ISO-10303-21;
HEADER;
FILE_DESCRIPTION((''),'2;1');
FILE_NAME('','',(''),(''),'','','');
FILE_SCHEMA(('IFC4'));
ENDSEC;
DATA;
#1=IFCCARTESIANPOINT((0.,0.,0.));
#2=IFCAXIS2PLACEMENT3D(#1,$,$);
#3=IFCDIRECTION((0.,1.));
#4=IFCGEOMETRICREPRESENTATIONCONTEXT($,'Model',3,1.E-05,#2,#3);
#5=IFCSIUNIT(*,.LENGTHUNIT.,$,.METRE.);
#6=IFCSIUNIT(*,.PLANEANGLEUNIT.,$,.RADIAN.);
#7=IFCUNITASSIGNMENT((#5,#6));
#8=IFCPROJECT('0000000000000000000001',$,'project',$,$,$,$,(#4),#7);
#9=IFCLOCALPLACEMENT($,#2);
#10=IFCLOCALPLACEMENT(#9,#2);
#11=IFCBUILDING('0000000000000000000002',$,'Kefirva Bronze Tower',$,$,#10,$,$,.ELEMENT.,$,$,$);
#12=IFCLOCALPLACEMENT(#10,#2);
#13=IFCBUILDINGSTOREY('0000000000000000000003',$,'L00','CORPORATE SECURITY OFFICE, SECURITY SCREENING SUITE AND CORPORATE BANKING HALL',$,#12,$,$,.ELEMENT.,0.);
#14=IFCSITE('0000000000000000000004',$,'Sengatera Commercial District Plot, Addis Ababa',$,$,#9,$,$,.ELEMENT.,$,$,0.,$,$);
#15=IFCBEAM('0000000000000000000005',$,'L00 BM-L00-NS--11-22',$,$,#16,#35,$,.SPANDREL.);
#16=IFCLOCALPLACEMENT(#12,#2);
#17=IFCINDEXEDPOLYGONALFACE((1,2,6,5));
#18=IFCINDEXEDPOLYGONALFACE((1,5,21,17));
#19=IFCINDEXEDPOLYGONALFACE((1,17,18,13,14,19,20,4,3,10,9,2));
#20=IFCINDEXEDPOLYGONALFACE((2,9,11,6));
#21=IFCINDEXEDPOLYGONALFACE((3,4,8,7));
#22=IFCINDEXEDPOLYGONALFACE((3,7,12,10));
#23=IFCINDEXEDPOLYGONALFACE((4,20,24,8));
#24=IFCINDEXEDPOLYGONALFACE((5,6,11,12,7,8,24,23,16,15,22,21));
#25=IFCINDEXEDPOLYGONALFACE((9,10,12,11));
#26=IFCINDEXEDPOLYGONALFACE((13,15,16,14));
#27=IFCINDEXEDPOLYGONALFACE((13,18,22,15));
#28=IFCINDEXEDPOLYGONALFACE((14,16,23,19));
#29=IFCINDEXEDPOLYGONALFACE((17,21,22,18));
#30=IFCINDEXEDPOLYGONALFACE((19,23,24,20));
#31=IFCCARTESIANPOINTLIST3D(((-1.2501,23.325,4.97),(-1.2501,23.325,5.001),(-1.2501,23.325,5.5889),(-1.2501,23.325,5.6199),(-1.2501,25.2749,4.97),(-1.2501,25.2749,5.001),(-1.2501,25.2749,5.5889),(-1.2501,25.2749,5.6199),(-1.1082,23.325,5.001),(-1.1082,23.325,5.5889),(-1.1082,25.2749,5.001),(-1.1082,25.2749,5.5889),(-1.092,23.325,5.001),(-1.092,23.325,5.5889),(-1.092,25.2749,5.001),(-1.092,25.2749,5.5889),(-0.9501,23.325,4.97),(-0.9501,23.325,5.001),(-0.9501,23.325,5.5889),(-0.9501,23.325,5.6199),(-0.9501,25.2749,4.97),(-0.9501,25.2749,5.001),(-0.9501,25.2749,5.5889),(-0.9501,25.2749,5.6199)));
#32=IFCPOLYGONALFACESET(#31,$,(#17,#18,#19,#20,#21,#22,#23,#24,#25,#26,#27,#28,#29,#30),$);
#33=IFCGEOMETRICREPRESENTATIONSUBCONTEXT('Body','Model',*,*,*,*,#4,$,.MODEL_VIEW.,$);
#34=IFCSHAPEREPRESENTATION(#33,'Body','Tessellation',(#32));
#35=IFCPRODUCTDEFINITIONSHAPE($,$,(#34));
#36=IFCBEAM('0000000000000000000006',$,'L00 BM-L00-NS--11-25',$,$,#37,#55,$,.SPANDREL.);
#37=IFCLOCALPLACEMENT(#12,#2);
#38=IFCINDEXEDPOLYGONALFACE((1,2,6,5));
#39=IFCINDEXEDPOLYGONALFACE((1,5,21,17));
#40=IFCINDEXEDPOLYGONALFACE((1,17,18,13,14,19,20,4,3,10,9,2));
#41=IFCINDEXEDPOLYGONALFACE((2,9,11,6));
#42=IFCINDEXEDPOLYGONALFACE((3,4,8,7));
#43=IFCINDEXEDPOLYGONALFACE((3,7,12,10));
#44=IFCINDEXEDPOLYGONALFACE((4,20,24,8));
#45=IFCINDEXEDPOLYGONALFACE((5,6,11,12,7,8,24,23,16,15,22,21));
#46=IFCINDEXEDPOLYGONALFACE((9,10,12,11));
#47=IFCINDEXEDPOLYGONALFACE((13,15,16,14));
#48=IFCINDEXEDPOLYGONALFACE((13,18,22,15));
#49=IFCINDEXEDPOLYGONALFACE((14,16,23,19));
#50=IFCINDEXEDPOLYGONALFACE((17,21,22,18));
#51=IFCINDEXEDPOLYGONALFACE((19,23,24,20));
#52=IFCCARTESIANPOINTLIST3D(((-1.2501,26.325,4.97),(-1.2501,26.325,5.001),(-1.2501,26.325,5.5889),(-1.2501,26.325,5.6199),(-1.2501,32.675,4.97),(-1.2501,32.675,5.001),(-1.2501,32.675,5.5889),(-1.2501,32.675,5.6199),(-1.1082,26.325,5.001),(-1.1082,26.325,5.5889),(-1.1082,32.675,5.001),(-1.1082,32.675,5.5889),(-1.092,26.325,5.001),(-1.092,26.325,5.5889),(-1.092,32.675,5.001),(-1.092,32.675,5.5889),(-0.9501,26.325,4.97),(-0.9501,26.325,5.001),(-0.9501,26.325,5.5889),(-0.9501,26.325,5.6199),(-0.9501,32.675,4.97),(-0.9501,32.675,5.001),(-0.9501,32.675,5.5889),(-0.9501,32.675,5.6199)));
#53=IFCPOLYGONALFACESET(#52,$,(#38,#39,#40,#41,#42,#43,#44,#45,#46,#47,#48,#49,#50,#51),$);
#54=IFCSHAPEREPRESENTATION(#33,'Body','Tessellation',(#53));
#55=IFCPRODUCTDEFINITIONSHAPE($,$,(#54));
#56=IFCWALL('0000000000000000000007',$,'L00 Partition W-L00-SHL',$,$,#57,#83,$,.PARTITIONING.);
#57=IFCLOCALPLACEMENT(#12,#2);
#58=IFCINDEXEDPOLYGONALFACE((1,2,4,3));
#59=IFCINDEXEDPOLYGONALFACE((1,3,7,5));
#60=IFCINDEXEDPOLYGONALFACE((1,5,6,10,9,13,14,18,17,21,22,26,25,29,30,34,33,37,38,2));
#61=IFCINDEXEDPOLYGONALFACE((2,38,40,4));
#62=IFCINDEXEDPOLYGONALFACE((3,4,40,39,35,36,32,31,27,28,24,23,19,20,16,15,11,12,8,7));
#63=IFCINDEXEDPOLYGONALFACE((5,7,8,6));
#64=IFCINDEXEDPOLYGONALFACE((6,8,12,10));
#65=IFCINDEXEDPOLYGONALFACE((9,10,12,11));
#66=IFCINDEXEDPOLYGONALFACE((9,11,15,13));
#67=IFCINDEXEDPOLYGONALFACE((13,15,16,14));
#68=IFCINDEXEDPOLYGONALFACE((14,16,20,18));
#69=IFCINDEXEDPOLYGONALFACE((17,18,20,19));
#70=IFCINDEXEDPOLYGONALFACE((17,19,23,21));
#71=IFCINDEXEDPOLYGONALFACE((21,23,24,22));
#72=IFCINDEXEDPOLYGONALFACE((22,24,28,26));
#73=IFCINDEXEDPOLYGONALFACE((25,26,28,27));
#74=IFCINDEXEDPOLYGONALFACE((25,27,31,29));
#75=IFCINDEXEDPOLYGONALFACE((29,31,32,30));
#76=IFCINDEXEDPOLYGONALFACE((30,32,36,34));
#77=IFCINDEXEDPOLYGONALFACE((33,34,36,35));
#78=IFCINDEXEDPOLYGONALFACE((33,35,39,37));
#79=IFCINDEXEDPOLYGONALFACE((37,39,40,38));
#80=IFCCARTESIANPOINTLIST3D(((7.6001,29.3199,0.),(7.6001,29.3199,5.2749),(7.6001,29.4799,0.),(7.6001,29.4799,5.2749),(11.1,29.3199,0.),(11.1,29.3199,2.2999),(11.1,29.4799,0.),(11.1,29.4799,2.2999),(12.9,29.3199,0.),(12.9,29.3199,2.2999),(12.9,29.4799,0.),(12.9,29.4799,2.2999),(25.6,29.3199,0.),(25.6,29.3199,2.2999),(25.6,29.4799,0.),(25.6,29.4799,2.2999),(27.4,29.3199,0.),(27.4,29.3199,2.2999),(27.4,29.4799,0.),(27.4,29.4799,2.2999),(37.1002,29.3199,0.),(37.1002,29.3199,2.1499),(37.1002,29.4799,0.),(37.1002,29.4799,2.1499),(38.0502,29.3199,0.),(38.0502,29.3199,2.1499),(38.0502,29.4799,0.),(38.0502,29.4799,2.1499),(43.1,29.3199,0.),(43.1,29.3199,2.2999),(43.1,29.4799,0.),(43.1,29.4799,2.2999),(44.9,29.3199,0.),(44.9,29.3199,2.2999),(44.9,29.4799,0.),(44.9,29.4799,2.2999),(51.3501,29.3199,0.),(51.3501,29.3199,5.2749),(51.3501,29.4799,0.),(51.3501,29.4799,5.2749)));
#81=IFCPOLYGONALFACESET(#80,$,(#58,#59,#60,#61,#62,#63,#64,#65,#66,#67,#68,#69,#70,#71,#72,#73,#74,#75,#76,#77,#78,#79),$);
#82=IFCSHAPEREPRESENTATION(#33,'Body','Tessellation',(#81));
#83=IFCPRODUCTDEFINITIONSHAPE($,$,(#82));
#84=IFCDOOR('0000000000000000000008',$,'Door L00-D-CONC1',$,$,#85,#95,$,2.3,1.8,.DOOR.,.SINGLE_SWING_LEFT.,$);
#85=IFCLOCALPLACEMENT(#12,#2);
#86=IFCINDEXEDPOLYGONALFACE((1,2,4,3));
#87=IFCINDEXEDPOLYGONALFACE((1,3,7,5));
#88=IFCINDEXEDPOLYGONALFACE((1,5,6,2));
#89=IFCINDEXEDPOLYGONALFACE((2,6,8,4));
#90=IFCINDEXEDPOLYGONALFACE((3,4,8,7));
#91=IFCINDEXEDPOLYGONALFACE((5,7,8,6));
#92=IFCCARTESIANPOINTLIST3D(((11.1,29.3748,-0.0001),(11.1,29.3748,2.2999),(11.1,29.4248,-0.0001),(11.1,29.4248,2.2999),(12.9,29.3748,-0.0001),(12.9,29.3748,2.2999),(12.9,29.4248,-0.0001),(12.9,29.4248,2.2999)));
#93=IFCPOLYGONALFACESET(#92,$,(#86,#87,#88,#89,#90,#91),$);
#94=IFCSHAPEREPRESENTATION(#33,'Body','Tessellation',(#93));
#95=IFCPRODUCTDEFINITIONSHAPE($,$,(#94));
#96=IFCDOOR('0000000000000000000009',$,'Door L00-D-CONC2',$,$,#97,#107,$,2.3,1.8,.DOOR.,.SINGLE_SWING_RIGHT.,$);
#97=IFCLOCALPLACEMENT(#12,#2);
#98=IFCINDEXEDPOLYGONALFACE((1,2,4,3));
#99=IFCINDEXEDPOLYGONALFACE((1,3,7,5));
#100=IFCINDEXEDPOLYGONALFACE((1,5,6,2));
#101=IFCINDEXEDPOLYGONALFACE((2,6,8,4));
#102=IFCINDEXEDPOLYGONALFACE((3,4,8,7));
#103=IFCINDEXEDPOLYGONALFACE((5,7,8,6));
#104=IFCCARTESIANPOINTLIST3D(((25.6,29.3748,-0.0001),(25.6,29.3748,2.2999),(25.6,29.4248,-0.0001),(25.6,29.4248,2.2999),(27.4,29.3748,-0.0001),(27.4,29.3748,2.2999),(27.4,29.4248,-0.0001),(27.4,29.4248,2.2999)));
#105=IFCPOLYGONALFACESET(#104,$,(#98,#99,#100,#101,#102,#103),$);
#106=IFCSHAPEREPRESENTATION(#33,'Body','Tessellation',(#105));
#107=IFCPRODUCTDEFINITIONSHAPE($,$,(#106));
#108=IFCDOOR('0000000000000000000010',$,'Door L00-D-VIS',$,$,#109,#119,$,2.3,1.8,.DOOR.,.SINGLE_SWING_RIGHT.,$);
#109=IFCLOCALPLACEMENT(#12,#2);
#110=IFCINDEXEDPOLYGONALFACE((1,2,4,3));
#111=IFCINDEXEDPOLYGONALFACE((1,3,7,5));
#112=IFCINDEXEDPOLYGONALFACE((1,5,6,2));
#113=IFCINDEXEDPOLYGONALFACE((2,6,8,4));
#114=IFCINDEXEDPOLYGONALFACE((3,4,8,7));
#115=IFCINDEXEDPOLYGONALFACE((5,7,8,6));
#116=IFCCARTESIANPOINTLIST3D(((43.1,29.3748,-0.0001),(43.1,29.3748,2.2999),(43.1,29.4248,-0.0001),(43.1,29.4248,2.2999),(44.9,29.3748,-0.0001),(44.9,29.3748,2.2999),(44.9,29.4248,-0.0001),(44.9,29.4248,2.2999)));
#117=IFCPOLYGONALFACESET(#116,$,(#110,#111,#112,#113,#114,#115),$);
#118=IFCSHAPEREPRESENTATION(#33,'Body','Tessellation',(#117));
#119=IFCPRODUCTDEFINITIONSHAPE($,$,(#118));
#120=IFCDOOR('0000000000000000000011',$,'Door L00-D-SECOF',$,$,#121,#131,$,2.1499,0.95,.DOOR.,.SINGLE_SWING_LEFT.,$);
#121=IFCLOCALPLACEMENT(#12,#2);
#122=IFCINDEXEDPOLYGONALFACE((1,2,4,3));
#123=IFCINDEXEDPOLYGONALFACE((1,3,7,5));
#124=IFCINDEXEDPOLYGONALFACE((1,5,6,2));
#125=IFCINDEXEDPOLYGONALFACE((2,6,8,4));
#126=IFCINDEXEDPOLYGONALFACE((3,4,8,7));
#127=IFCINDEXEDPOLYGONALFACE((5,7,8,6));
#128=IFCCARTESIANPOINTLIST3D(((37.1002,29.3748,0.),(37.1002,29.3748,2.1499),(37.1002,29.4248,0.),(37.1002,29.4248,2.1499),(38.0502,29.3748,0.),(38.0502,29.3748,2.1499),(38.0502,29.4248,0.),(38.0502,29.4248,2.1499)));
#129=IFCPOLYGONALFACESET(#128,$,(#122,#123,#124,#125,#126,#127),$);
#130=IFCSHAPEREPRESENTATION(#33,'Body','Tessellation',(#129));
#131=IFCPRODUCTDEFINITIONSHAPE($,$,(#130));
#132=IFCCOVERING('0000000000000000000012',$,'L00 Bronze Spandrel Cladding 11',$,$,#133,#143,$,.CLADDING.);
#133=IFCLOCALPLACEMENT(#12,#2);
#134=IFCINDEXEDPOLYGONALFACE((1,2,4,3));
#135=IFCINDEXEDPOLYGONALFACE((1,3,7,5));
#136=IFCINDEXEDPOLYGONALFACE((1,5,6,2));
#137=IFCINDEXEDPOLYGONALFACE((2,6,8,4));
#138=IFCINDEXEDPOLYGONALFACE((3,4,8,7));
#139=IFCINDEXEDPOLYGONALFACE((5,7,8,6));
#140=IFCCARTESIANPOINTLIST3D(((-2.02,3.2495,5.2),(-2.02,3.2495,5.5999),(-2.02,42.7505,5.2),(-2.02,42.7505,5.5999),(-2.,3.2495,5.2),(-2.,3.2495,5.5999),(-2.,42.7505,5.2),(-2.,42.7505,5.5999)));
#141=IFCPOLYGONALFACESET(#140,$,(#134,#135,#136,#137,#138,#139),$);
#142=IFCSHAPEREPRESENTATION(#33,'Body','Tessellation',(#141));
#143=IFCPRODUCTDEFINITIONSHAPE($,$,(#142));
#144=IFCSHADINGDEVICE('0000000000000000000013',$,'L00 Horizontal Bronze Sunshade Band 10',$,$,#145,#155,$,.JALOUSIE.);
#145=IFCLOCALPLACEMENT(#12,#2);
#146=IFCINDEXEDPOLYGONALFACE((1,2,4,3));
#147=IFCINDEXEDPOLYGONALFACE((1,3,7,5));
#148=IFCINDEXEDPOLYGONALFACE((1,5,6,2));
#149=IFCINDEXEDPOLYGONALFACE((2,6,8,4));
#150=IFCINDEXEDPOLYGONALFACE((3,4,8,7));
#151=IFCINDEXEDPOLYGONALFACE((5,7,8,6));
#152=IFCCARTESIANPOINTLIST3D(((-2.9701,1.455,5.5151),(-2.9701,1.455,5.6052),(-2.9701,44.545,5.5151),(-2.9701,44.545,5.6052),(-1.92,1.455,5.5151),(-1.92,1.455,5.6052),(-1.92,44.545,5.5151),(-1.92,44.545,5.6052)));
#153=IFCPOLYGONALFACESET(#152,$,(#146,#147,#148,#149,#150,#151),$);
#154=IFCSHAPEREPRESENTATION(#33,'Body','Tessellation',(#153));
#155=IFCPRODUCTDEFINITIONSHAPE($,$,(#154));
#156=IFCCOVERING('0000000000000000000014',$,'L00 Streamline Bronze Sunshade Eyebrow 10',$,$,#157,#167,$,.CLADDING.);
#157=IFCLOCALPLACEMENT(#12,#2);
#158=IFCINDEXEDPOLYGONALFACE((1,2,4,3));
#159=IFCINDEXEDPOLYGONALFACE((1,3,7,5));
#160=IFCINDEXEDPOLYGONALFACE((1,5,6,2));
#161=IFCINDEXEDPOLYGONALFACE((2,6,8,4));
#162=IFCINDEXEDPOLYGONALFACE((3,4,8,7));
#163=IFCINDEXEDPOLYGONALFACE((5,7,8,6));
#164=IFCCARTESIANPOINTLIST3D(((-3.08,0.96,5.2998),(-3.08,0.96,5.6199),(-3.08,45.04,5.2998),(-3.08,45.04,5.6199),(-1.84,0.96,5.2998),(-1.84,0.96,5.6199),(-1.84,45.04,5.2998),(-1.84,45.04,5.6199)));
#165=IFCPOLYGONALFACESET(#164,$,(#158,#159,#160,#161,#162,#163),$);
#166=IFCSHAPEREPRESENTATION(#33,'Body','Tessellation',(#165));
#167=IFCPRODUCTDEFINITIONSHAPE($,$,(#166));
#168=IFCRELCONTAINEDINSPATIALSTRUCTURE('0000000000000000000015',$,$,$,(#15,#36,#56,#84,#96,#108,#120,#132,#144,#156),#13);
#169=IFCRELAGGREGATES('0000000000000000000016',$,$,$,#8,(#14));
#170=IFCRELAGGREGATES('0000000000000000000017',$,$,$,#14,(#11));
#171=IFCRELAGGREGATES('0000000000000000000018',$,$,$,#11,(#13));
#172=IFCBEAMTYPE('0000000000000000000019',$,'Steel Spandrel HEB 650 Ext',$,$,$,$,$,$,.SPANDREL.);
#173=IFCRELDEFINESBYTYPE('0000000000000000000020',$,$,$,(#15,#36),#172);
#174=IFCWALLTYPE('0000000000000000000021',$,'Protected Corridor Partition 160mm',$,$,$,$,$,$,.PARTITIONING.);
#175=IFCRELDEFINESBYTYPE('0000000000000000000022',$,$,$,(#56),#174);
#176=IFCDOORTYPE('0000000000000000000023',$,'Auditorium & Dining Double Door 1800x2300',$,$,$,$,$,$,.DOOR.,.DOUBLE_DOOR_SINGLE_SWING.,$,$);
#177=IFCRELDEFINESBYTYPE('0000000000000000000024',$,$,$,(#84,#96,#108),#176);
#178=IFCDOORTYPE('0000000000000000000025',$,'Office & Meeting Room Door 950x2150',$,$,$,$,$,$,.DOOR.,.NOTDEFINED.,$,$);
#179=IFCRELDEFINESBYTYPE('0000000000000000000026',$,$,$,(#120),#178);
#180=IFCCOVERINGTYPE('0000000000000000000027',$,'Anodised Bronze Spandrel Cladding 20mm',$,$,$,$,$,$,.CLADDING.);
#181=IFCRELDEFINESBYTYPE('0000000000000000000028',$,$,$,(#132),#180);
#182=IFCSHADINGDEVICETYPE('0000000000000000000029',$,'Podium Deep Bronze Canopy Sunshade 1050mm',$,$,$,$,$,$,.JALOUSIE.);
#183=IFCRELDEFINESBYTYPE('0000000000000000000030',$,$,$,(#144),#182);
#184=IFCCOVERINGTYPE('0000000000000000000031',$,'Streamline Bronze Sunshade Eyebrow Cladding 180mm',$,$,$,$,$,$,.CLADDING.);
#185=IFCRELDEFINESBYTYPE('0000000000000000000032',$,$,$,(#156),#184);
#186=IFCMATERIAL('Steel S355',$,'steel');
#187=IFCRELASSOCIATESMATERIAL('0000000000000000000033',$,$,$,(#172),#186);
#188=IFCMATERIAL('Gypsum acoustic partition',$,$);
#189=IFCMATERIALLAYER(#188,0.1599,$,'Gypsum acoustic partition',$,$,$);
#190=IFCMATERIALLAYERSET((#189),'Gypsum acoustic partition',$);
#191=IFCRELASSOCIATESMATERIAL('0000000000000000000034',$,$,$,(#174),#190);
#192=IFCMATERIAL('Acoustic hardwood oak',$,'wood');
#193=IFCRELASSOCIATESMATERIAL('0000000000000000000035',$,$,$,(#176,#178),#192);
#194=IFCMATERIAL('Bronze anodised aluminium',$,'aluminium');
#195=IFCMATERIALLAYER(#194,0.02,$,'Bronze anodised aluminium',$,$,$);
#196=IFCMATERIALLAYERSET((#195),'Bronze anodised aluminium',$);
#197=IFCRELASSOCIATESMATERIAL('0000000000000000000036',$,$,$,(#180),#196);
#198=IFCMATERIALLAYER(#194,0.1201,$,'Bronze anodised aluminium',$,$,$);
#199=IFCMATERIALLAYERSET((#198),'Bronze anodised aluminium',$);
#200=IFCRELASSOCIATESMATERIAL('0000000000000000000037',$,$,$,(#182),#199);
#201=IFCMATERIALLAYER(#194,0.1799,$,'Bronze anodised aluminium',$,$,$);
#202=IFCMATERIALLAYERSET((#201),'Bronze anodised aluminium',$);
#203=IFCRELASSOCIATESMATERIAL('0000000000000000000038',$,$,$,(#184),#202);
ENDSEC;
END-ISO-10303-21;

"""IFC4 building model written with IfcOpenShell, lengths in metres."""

from ifc_helpers import new_model, si_unit, direction, frame, frame_2d, origin, origin_2d, place, context, subcontext, project, spatial, rectangle, i_section, extrude, material, layer, layer_set, material_profile, profile_set, type_object, element, fill, save


model = new_model("IFC4")

# Units and contexts
model_context = context("Model", 3, precision=1e-05, world=origin(), true_north=direction((0.0, 1.0)))
body_context = subcontext(model_context, "Body", "Model", "MODEL_VIEW")
ifc_project = project(units=[si_unit("LENGTHUNIT", "METRE"), si_unit("PLANEANGLEUNIT", "RADIAN")], contexts=[model_context])

# Site, building, storey
site_placement = place(None, origin())
site = spatial("IfcSite", under=ifc_project, at=site_placement, Name="Sengatera Commercial District Plot, Addis Ababa", CompositionType="ELEMENT", RefElevation=0.0)
building_placement = place(site_placement, origin())
building = spatial("IfcBuilding", under=site, at=building_placement, Name="Kefirva Bronze Tower", CompositionType="ELEMENT")
storey_placement = place(building_placement, origin())
storey = spatial("IfcBuildingStorey", under=building, at=storey_placement, Name="L00", Description="CORPORATE SECURITY OFFICE, SECURITY SCREENING SUITE AND CORPORATE BANKING HALL", CompositionType="ELEMENT", Elevation=0.0)

# Beams
ifc_material_1 = material(Name="Steel S355", Category="steel")
ifc_material_profile_1 = material_profile(ifc_material_1, i_section(OverallWidth=0.3, OverallDepth=0.6499, WebThickness=0.0161, FlangeThickness=0.031, at=origin_2d()), Name="HEB 650")
ifc_profile_set_1 = profile_set([ifc_material_profile_1], Name="Steel S355")
beam_type_1 = type_object("IfcBeamType", Name="Steel Spandrel HEB 650 Ext", PredefinedType="SPANDREL", material=ifc_profile_set_1)
beam_1_placement = place(storey_placement, frame((-1.1001, 23.325, 5.2949), z_axis=(0.0, 1.0, 0.0), x_axis=(-1.0, 0.0, 0.0)))
element("IfcBeam", 1, at=beam_1_placement, inside=storey, type_object=beam_type_1, Name="L00 BM-L00-NS--11-22", PredefinedType="SPANDREL", context=body_context, shape_type="SweptSolid", body=[
    extrude(i_section(OverallWidth=0.3, OverallDepth=0.6499, WebThickness=0.0161, FlangeThickness=0.031, at=origin_2d()), origin(), (0.0, 0.0, 1.0), 1.95),
])
beam_2_placement = place(storey_placement, frame((-1.1001, 26.325, 5.2949), z_axis=(0.0, 1.0, 0.0), x_axis=(-1.0, 0.0, 0.0)))
element("IfcBeam", 2, at=beam_2_placement, inside=storey, type_object=beam_type_1, Name="L00 BM-L00-NS--11-25", PredefinedType="SPANDREL", context=body_context, shape_type="SweptSolid", body=[
    extrude(i_section(OverallWidth=0.3, OverallDepth=0.6499, WebThickness=0.0161, FlangeThickness=0.031, at=origin_2d()), origin(), (0.0, 0.0, 1.0), 6.3501),
])

# Wall, openings, doors
ifc_material_2 = material(Name="Gypsum acoustic partition")
ifc_layer_1 = layer(ifc_material_2, 0.1599, Name="Gypsum acoustic partition")
ifc_layer_set_1 = layer_set([ifc_layer_1], Name="Gypsum acoustic partition")
wall_type = type_object("IfcWallType", Name="Protected Corridor Partition 160mm", PredefinedType="PARTITIONING", material=ifc_layer_set_1)
wall_placement = place(storey_placement, frame((7.6001, 29.3999, 0.0), z_axis=(0.0, 0.0, 1.0), x_axis=(1.0, 0.0, 0.0)))
wall = element("IfcWall", 3, at=wall_placement, inside=storey, type_object=wall_type, Name="L00 Partition W-L00-SHL", PredefinedType="PARTITIONING", context=body_context, shape_type="SweptSolid", body=[
    extrude(rectangle(XDim=43.75, YDim=0.1599, at=frame_2d((21.875, 0.0))), origin(), (0.0, 0.0, 1.0), 5.2749),
])
opening_1_placement = place(wall_placement, frame((3.5, 0.0, 0.0)))
opening_1 = element("IfcOpeningElement", 4, at=opening_1_placement, cuts=wall, PredefinedType="OPENING", context=body_context, shape_type="SweptSolid", body=[
    extrude(rectangle(XDim=1.8, YDim=2.3, at=frame_2d((0.8999, 1.1499))), frame((0.0, 0.0898, 0.0), z_axis=(0.0, -1.0, 0.0), x_axis=(1.0, 0.0, 0.0)), (0.0, 0.0, 1.0), 0.1799),
])
opening_2_placement = place(wall_placement, frame((18.0, 0.0, 0.0)))
opening_2 = element("IfcOpeningElement", 5, at=opening_2_placement, cuts=wall, PredefinedType="OPENING", context=body_context, shape_type="SweptSolid", body=[
    extrude(rectangle(XDim=1.8, YDim=2.3, at=frame_2d((0.8999, 1.1499))), frame((0.0, 0.0898, 0.0), z_axis=(0.0, -1.0, 0.0), x_axis=(1.0, 0.0, 0.0)), (0.0, 0.0, 1.0), 0.1799),
])
opening_3_placement = place(wall_placement, frame((29.5, 0.0, 0.0)))
opening_3 = element("IfcOpeningElement", 6, at=opening_3_placement, cuts=wall, PredefinedType="OPENING", context=body_context, shape_type="SweptSolid", body=[
    extrude(rectangle(XDim=0.95, YDim=2.1499, at=frame_2d((0.4751, 1.075))), frame((0.0, 0.0898, 0.0), z_axis=(0.0, -1.0, 0.0), x_axis=(1.0, 0.0, 0.0)), (0.0, 0.0, 1.0), 0.1799),
])
opening_4_placement = place(wall_placement, frame((35.5, 0.0, 0.0)))
opening_4 = element("IfcOpeningElement", 7, at=opening_4_placement, cuts=wall, PredefinedType="OPENING", context=body_context, shape_type="SweptSolid", body=[
    extrude(rectangle(XDim=1.8, YDim=2.3, at=frame_2d((0.8999, 1.1499))), frame((0.0, 0.0898, 0.0), z_axis=(0.0, -1.0, 0.0), x_axis=(1.0, 0.0, 0.0)), (0.0, 0.0, 1.0), 0.1799),
])
ifc_material_3 = material(Name="Acoustic hardwood oak", Category="wood")
door_type_1 = type_object("IfcDoorType", Name="Auditorium & Dining Double Door 1800x2300", OperationType="DOUBLE_DOOR_SINGLE_SWING", PredefinedType="DOOR", material=ifc_material_3)
door_1_placement = place(opening_1_placement, origin())
door_1 = element("IfcDoor", 8, at=door_1_placement, inside=storey, type_object=door_type_1, Name="Door L00-D-CONC1", OperationType="SINGLE_SWING_LEFT", OverallHeight=2.3, OverallWidth=1.8, PredefinedType="DOOR", context=body_context, shape_type="SweptSolid", body=[
    extrude(rectangle(XDim=1.8, YDim=2.3, at=frame_2d((0.8999, 1.1499))), frame((0.0, 0.0249, 0.0), z_axis=(0.0, -1.0, 0.0), x_axis=(1.0, 0.0, 0.0)), (0.0, 0.0, 1.0), 0.05),
])
fill(opening_1, door_1)
door_2_placement = place(opening_2_placement, origin())
door_2 = element("IfcDoor", 9, at=door_2_placement, inside=storey, type_object=door_type_1, Name="Door L00-D-CONC2", OperationType="SINGLE_SWING_RIGHT", OverallHeight=2.3, OverallWidth=1.8, PredefinedType="DOOR", context=body_context, shape_type="SweptSolid", body=[
    extrude(rectangle(XDim=1.8, YDim=2.3, at=frame_2d((0.8999, 1.1499))), frame((0.0, 0.0249, 0.0), z_axis=(0.0, -1.0, 0.0), x_axis=(1.0, 0.0, 0.0)), (0.0, 0.0, 1.0), 0.05),
])
fill(opening_2, door_2)
door_3_placement = place(opening_4_placement, origin())
door_3 = element("IfcDoor", 10, at=door_3_placement, inside=storey, type_object=door_type_1, Name="Door L00-D-VIS", OperationType="SINGLE_SWING_RIGHT", OverallHeight=2.3, OverallWidth=1.8, PredefinedType="DOOR", context=body_context, shape_type="SweptSolid", body=[
    extrude(rectangle(XDim=1.8, YDim=2.3, at=frame_2d((0.8999, 1.1499))), frame((0.0, 0.0249, 0.0), z_axis=(0.0, -1.0, 0.0), x_axis=(1.0, 0.0, 0.0)), (0.0, 0.0, 1.0), 0.05),
])
fill(opening_4, door_3)
door_type_2 = type_object("IfcDoorType", Name="Office & Meeting Room Door 950x2150", OperationType="NOTDEFINED", PredefinedType="DOOR", material=ifc_material_3)
door_4_placement = place(opening_3_placement, origin())
door_4 = element("IfcDoor", 11, at=door_4_placement, inside=storey, type_object=door_type_2, Name="Door L00-D-SECOF", OperationType="SINGLE_SWING_LEFT", OverallHeight=2.1499, OverallWidth=0.95, PredefinedType="DOOR", context=body_context, shape_type="SweptSolid", body=[
    extrude(rectangle(XDim=0.95, YDim=2.1499, at=frame_2d((0.4751, 1.075))), frame((0.0, 0.0249, 0.0), z_axis=(0.0, -1.0, 0.0), x_axis=(1.0, 0.0, 0.0)), (0.0, 0.0, 1.0), 0.05),
])
fill(opening_3, door_4)

# Covering
ifc_material_4 = material(Name="Bronze anodised aluminium", Category="aluminium")
ifc_layer_2 = layer(ifc_material_4, 0.02, Name="Bronze anodised aluminium")
ifc_layer_set_2 = layer_set([ifc_layer_2], Name="Bronze anodised aluminium")
covering_type_1 = type_object("IfcCoveringType", Name="Anodised Bronze Spandrel Cladding 20mm", PredefinedType="CLADDING", material=ifc_layer_set_2)
covering_1_placement = place(storey_placement, frame((-2.01, 23.0, 5.2), z_axis=(0.0, 0.0, 1.0), x_axis=(0.0, -1.0, 0.0)))
element("IfcCovering", 12, at=covering_1_placement, inside=storey, type_object=covering_type_1, Name="L00 Bronze Spandrel Cladding 11", PredefinedType="CLADDING", context=body_context, shape_type="SweptSolid", body=[
    extrude(rectangle(XDim=39.501, YDim=0.02, at=origin_2d()), origin(), (0.0, 0.0, 1.0), 0.3999),
])

# Shading device
ifc_layer_3 = layer(ifc_material_4, 0.1201, Name="Bronze anodised aluminium")
ifc_layer_set_3 = layer_set([ifc_layer_3], Name="Bronze anodised aluminium")
shading_device_type = type_object("IfcShadingDeviceType", Name="Podium Deep Bronze Canopy Sunshade 1050mm", PredefinedType="JALOUSIE", material=ifc_layer_set_3)
shading_device_placement = place(storey_placement, frame((-2.4451, 23.0, 5.5151), z_axis=(0.0, 0.0, 1.0), x_axis=(0.0, -1.0, 0.0)))
element("IfcShadingDevice", 13, at=shading_device_placement, inside=storey, type_object=shading_device_type, Name="L00 Horizontal Bronze Sunshade Band 10", PredefinedType="JALOUSIE", context=body_context, shape_type="SweptSolid", body=[
    extrude(rectangle(XDim=43.0901, YDim=1.05, at=origin_2d()), origin(), (0.0, 0.0, 1.0), 0.0901),
])

# Covering
ifc_layer_4 = layer(ifc_material_4, 0.1799, Name="Bronze anodised aluminium")
ifc_layer_set_4 = layer_set([ifc_layer_4], Name="Bronze anodised aluminium")
covering_type_2 = type_object("IfcCoveringType", Name="Streamline Bronze Sunshade Eyebrow Cladding 180mm", PredefinedType="CLADDING", material=ifc_layer_set_4)
covering_2_placement = place(storey_placement, frame((-2.46, 23.0, 5.2998), z_axis=(0.0, 0.0, 1.0), x_axis=(0.0, -1.0, 0.0)))
element("IfcCovering", 14, at=covering_2_placement, inside=storey, type_object=covering_type_2, Name="L00 Streamline Bronze Sunshade Eyebrow 10", PredefinedType="CLADDING", context=body_context, shape_type="SweptSolid", body=[
    extrude(rectangle(XDim=44.0801, YDim=1.24, at=origin_2d()), origin(), (0.0, 0.0, 1.0), 0.3201),
])

save(model, "model.ifc")
